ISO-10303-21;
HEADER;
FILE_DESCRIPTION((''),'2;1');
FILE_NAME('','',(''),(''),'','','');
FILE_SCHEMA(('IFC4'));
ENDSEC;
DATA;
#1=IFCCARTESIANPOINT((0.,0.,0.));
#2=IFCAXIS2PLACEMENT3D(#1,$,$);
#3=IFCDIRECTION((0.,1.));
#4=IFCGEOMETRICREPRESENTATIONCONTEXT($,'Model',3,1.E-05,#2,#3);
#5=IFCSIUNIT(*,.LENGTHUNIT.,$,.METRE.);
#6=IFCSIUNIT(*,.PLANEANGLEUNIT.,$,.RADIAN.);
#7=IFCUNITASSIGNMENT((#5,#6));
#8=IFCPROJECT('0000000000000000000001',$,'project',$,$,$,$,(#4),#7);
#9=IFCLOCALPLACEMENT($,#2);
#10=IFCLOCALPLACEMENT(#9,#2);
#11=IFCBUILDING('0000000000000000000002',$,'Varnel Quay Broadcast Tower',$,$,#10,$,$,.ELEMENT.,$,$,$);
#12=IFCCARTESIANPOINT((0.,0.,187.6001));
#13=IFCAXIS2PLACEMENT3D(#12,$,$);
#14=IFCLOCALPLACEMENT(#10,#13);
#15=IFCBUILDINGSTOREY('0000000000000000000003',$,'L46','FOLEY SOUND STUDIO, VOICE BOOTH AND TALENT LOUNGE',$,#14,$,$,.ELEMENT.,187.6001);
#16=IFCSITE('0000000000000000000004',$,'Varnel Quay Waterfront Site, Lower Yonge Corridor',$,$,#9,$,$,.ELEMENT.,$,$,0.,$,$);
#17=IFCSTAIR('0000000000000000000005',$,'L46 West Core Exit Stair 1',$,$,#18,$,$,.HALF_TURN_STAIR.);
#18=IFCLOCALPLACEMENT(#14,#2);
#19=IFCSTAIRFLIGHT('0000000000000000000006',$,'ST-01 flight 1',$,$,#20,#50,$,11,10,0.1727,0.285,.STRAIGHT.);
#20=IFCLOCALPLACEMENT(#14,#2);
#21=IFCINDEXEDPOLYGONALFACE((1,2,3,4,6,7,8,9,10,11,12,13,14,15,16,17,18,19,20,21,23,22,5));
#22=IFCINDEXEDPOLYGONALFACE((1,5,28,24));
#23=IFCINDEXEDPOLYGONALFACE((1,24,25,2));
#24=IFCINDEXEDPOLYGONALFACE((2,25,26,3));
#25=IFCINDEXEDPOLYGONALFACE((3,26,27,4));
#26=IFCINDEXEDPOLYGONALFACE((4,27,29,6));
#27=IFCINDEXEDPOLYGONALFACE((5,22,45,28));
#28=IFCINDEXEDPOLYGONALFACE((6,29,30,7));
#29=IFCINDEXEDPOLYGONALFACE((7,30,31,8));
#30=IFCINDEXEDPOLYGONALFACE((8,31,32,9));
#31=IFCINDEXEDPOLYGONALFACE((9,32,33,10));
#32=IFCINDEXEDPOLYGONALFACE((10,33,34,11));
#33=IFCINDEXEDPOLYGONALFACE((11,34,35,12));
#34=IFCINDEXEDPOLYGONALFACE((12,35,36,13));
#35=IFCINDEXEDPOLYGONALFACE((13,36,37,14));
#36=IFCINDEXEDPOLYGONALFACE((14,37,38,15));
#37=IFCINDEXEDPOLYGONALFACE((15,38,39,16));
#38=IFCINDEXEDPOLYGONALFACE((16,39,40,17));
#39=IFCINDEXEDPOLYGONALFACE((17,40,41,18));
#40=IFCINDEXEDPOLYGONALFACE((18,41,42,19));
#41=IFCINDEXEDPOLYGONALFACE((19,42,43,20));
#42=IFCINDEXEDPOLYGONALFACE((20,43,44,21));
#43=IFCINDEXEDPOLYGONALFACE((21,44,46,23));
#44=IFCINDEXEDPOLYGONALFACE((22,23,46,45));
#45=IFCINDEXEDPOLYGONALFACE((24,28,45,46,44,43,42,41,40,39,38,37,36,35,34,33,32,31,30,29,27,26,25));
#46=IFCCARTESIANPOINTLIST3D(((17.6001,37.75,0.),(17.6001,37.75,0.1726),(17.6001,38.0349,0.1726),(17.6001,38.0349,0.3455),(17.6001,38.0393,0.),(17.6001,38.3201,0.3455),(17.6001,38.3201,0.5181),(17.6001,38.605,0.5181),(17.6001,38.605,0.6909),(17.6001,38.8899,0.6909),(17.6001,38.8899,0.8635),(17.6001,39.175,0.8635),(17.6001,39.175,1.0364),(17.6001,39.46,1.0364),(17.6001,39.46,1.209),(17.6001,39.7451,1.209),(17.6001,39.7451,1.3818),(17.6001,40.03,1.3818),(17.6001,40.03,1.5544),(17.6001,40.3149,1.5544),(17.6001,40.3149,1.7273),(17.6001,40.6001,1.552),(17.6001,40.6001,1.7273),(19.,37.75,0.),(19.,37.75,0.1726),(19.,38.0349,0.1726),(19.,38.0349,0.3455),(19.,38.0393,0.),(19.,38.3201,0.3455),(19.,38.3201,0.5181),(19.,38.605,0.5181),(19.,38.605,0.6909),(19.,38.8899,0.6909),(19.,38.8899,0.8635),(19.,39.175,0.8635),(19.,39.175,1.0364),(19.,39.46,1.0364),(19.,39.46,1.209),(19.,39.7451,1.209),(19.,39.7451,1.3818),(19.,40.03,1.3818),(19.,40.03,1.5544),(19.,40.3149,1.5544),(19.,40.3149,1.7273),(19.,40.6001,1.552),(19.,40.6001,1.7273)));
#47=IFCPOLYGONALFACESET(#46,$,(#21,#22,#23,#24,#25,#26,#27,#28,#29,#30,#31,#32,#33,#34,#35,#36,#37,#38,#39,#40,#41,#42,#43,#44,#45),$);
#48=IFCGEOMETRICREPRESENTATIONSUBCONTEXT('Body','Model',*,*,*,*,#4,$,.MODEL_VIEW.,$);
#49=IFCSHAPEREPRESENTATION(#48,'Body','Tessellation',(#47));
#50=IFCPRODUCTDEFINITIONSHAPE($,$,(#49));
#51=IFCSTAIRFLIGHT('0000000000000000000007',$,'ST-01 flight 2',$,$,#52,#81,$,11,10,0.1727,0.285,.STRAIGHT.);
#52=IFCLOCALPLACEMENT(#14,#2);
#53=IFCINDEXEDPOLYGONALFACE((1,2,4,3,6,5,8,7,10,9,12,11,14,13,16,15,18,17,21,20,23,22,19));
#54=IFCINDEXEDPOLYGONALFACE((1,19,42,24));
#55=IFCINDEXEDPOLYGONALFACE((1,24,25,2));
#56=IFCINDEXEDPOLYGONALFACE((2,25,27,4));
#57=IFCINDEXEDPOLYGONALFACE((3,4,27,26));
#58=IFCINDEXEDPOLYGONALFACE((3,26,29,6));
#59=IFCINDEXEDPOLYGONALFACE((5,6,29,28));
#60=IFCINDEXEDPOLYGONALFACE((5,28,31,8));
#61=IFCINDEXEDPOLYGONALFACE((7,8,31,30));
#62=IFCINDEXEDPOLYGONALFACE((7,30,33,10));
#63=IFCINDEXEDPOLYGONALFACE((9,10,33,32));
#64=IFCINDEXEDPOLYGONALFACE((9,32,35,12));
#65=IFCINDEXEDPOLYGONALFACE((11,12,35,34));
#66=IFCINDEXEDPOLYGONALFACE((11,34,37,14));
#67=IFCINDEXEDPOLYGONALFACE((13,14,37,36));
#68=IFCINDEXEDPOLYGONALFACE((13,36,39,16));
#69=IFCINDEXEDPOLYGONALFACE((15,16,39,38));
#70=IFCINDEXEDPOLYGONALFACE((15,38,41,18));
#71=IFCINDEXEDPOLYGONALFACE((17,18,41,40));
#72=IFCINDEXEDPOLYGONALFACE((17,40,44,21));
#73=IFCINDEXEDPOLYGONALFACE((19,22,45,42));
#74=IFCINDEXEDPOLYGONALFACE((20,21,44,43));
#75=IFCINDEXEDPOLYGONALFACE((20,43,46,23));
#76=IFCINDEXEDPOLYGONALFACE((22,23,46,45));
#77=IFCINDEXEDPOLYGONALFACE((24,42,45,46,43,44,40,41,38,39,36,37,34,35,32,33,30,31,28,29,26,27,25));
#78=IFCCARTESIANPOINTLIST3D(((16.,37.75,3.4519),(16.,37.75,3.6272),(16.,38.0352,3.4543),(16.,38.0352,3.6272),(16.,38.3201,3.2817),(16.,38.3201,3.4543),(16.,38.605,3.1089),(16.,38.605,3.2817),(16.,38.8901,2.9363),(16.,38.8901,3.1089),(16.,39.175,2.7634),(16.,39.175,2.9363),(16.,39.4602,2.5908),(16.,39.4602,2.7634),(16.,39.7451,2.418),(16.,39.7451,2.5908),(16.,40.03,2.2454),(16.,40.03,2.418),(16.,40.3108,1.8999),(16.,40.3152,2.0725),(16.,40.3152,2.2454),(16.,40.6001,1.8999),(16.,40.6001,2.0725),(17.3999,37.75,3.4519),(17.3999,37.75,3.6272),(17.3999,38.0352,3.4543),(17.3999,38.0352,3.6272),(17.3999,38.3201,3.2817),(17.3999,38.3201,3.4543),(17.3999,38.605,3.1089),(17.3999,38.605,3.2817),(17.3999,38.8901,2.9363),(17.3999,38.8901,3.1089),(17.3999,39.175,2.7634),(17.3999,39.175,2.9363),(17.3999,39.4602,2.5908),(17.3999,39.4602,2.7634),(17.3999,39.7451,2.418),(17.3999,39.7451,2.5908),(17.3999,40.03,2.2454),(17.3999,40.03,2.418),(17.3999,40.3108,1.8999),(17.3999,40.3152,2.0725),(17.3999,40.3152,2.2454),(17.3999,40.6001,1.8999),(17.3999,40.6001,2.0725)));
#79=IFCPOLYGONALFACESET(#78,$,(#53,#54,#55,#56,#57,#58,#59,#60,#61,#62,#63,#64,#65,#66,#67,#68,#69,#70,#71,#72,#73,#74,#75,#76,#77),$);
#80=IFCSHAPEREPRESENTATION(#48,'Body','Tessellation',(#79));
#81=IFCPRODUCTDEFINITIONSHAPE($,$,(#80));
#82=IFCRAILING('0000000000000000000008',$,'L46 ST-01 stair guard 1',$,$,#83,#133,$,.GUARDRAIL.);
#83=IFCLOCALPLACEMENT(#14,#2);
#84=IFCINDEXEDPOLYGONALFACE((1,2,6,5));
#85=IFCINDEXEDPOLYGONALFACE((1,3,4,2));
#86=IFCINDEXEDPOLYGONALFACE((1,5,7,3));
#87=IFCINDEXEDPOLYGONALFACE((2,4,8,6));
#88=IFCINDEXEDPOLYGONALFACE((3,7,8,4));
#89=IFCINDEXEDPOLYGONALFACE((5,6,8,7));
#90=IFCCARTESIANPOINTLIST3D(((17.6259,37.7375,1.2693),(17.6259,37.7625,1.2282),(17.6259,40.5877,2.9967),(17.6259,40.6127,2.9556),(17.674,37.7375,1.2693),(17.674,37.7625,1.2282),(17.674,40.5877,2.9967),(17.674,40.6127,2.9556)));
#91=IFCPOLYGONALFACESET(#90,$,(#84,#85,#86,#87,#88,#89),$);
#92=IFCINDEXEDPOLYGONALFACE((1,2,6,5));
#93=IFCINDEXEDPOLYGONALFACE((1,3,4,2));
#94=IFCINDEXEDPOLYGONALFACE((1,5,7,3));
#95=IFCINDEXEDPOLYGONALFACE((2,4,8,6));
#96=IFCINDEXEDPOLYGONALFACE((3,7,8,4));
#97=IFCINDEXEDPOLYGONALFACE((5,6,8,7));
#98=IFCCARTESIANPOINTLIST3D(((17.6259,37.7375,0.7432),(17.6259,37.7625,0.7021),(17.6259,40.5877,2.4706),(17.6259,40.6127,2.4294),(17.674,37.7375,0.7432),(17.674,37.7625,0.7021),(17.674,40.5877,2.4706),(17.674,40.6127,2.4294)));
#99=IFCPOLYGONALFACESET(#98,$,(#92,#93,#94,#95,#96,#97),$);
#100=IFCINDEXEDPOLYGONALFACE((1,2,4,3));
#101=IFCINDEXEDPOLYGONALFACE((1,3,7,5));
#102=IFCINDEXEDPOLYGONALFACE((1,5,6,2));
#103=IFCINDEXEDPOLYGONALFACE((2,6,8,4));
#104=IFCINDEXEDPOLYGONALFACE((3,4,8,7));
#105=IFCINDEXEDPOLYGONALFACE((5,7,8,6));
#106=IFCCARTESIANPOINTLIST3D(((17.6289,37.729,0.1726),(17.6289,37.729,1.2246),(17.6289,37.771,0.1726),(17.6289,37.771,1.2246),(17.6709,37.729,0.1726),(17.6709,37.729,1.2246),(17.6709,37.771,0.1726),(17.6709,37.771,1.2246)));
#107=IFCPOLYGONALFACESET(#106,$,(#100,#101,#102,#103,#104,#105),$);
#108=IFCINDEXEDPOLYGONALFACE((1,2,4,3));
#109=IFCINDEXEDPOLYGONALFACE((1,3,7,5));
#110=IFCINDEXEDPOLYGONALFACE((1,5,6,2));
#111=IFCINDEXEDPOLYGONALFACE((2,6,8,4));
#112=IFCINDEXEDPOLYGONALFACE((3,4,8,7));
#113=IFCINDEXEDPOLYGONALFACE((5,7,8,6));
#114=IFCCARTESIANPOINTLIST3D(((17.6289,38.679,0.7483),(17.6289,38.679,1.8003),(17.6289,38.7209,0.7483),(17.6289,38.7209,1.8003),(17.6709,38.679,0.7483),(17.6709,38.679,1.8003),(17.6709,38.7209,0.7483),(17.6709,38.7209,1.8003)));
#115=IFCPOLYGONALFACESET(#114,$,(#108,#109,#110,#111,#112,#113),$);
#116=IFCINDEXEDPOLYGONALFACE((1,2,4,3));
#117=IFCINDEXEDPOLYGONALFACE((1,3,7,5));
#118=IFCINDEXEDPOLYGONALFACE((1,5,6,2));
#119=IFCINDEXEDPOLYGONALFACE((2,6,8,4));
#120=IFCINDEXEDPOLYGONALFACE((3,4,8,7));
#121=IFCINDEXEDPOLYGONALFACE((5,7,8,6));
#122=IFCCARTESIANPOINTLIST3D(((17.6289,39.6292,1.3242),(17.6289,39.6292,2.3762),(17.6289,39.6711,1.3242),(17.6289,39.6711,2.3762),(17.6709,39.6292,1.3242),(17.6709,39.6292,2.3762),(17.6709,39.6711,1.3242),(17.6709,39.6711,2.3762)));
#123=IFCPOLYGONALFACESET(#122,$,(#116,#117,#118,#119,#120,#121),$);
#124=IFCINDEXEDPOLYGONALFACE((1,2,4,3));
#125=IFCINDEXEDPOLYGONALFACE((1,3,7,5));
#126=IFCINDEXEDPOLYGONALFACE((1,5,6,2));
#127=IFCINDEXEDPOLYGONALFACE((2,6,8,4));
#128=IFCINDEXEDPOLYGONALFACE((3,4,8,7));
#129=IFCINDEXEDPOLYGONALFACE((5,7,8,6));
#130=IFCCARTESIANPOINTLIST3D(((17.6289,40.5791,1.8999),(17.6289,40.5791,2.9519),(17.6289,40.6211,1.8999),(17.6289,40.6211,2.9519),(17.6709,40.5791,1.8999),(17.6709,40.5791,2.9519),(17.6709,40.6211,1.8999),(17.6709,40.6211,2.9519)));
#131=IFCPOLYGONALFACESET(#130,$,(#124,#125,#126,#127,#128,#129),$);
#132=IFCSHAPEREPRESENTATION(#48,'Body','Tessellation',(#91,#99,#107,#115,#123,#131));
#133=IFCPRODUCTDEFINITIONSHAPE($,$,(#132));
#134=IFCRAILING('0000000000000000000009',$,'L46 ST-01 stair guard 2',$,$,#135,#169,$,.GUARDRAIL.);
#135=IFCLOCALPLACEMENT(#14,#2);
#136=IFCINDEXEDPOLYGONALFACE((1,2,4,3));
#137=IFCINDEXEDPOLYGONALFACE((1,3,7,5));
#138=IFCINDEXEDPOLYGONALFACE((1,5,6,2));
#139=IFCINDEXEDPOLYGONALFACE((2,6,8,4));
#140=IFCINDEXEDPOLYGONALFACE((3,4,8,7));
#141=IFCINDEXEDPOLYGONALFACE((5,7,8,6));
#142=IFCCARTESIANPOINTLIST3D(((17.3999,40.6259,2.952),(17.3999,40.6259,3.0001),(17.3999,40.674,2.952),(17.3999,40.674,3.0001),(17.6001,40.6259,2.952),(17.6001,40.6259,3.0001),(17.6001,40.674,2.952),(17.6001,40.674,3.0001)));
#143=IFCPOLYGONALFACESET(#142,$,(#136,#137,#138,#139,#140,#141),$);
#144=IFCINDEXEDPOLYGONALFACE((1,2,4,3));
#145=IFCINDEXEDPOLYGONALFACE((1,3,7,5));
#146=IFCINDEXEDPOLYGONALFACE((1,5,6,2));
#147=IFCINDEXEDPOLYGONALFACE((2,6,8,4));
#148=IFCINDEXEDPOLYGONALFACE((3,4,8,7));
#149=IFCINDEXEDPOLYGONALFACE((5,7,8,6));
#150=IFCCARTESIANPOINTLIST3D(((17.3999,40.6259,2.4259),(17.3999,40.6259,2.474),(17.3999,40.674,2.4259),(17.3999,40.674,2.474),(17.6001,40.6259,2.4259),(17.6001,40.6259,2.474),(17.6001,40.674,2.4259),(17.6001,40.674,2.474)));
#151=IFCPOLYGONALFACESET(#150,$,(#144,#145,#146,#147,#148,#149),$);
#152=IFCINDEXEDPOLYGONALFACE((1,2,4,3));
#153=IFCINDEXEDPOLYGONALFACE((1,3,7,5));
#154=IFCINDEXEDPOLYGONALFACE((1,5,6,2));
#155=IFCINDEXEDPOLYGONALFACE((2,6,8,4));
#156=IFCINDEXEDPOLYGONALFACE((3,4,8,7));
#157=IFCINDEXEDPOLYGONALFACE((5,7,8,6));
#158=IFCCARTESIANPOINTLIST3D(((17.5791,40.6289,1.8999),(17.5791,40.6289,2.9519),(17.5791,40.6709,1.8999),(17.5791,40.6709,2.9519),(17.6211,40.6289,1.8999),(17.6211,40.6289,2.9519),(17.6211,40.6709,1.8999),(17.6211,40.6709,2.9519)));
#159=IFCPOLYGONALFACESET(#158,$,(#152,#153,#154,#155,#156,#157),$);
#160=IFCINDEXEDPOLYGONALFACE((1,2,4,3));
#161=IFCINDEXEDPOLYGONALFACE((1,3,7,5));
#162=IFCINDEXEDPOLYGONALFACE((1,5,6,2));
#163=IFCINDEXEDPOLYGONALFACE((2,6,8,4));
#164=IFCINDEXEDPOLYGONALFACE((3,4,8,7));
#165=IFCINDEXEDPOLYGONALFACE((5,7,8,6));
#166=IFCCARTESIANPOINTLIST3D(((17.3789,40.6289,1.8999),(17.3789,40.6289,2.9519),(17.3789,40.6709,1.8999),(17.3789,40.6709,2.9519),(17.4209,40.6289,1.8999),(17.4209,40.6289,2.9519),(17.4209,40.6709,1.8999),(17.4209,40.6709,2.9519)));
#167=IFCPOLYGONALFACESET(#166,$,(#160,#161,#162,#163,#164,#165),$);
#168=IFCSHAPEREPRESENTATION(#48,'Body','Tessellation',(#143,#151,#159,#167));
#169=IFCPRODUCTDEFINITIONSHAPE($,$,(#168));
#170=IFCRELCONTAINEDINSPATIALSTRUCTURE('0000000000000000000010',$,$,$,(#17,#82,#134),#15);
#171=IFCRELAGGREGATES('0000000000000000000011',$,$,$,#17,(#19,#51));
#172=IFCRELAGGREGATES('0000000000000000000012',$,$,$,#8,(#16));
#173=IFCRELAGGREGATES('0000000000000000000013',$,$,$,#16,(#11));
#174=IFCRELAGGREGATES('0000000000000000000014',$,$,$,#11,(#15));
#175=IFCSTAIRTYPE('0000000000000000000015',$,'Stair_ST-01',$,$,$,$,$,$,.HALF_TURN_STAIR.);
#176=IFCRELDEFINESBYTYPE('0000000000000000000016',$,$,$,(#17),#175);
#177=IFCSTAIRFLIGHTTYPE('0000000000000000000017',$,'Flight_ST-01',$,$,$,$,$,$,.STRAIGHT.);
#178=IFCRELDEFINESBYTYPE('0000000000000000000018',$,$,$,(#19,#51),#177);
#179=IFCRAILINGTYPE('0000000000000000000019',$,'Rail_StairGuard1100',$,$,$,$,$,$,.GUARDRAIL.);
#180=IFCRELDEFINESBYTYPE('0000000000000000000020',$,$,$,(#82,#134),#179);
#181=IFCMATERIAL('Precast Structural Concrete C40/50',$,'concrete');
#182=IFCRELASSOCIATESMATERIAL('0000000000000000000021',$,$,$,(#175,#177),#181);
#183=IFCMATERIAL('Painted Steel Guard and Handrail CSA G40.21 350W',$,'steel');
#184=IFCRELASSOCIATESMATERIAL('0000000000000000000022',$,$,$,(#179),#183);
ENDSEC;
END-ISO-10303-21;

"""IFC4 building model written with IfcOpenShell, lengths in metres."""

from ifc_helpers import new_model, si_unit, direction, frame, origin, origin_2d, place, context, subcontext, project, spatial, polyline, rectangle, outline, extrude, material, type_object, element, aggregate, save


model = new_model("IFC4")

# Units and contexts
model_context = context("Model", 3, precision=1e-05, world=origin(), true_north=direction((0.0, 1.0)))
body_context = subcontext(model_context, "Body", "Model", "MODEL_VIEW")
ifc_project = project(units=[si_unit("LENGTHUNIT", "METRE"), si_unit("PLANEANGLEUNIT", "RADIAN")], contexts=[model_context])

# Site, building, storey
site_placement = place(None, origin())
site = spatial("IfcSite", under=ifc_project, at=site_placement, Name="Varnel Quay Waterfront Site, Lower Yonge Corridor", CompositionType="ELEMENT", RefElevation=0.0)
building_placement = place(site_placement, origin())
building = spatial("IfcBuilding", under=site, at=building_placement, Name="Varnel Quay Broadcast Tower", CompositionType="ELEMENT")
storey_placement = place(building_placement, frame((0.0, 0.0, 187.6001)))
storey = spatial("IfcBuildingStorey", under=building, at=storey_placement, Name="L46", Description="FOLEY SOUND STUDIO, VOICE BOOTH AND TALENT LOUNGE", CompositionType="ELEMENT", Elevation=187.6001)

# Stair, stair flights
ifc_material_1 = material(Name="Precast Structural Concrete C40/50", Category="concrete")
stair_type = type_object("IfcStairType", Name="Stair_ST-01", PredefinedType="HALF_TURN_STAIR", material=ifc_material_1)
stair_placement = place(storey_placement, origin())
stair = element("IfcStair", 1, at=stair_placement, inside=storey, type_object=stair_type, Name="L46 West Core Exit Stair 1", PredefinedType="HALF_TURN_STAIR")
stair_flight_type = type_object("IfcStairFlightType", Name="Flight_ST-01", PredefinedType="STRAIGHT", material=ifc_material_1)
stair_flight_1_placement = place(storey_placement, frame((18.3, 37.75, 0.0), z_axis=(0.0, 0.0, 1.0), x_axis=(0.0, 1.0, 0.0)))
stair_flight_1 = element("IfcStairFlight", 2, at=stair_flight_1_placement, type_object=stair_flight_type, Name="ST-01 flight 1", NumberOfRisers=11, NumberOfTreads=10, PredefinedType="STRAIGHT", RiserHeight=0.1727, TreadLength=0.285, context=body_context, shape_type="SweptSolid", body=[
    extrude(outline(polyline([(0.0, 0.0), (0.0, 0.1726), (0.2849, 0.1726), (0.2849, 0.3455), (0.5701, 0.3455), (0.5701, 0.5181), (0.855, 0.5181), (0.855, 0.6909), (1.1399, 0.6909), (1.1399, 0.8635), (1.425, 0.8635), (1.425, 1.0364), (1.71, 1.0364), (1.71, 1.209), (1.9951, 1.209), (1.9951, 1.3818), (2.28, 1.3818), (2.28, 1.5544), (2.5649, 1.5544), (2.5649, 1.7273), (2.8501, 1.7273), (2.8501, 1.8999), (2.8501, 1.552), (0.2893, 0.0), (0.0, 0.0)])), frame((0.0, 0.7, 0.0), z_axis=(0.0, -1.0, 0.0), x_axis=(1.0, 0.0, 0.0)), (0.0, 0.0, 1.0), 1.3999),
])
stair_flight_2_placement = place(storey_placement, frame((16.7, 40.6001, 1.8999), z_axis=(0.0, 0.0, 1.0), x_axis=(0.0, -1.0, 0.0)))
stair_flight_2 = element("IfcStairFlight", 3, at=stair_flight_2_placement, type_object=stair_flight_type, Name="ST-01 flight 2", NumberOfRisers=11, NumberOfTreads=10, PredefinedType="STRAIGHT", RiserHeight=0.1727, TreadLength=0.285, context=body_context, shape_type="SweptSolid", body=[
    extrude(outline(polyline([(0.0, 0.0), (0.0, 0.1726), (0.2849, 0.1726), (0.2849, 0.3455), (0.5701, 0.3455), (0.5701, 0.5181), (0.855, 0.5181), (0.855, 0.6909), (1.1399, 0.6909), (1.1399, 0.8635), (1.425, 0.8635), (1.425, 1.0364), (1.71, 1.0364), (1.71, 1.209), (1.9951, 1.209), (1.9951, 1.3818), (2.28, 1.3818), (2.28, 1.5544), (2.5649, 1.5544), (2.5649, 1.7273), (2.8501, 1.7273), (2.8501, 1.8999), (2.8501, 1.552), (0.2893, 0.0), (0.0, 0.0)])), frame((0.0, 0.7, 0.0), z_axis=(0.0, -1.0, 0.0), x_axis=(1.0, 0.0, 0.0)), (0.0, 0.0, 1.0), 1.3999),
])
aggregate(stair, [stair_flight_1, stair_flight_2])

# Railings
ifc_material_2 = material(Name="Painted Steel Guard and Handrail CSA G40.21 350W", Category="steel")
railing_type_1 = type_object("IfcRailingType", Name="Rail_StairGuard1100", PredefinedType="GUARDRAIL", material=ifc_material_2)
railing_1_placement = place(storey_placement, frame((17.6499, 37.75, 0.1726)))
element("IfcRailing", 4, at=railing_1_placement, inside=storey, type_object=railing_type_1, Name="L46 ST-01 stair guard 1", PredefinedType="GUARDRAIL", context=body_context, shape_type="SweptSolid", body=[
    extrude(rectangle(XDim=0.0481, YDim=0.0481, at=origin_2d()), frame((0.0, 0.0, 1.0762), z_axis=(0.0, 0.855203, 0.518294), x_axis=(-1.0, 0.0, 0.0)), (0.0, 0.0, 1.0), 3.3328),
    extrude(rectangle(XDim=0.0481, YDim=0.0481, at=origin_2d()), frame((0.0, 0.0, 0.55), z_axis=(0.0, 0.855203, 0.518294), x_axis=(-1.0, 0.0, 0.0)), (0.0, 0.0, 1.0), 3.3328),
    extrude(rectangle(XDim=0.042, YDim=0.042, at=origin_2d()), origin(), (0.0, 0.0, 1.0), 1.052),
    extrude(rectangle(XDim=0.042, YDim=0.042, at=origin_2d()), frame((0.0, 0.95, 0.5757)), (0.0, 0.0, 1.0), 1.052),
    extrude(rectangle(XDim=0.042, YDim=0.042, at=origin_2d()), frame((0.0, 1.9001, 1.1516)), (0.0, 0.0, 1.0), 1.052),
    extrude(rectangle(XDim=0.042, YDim=0.042, at=origin_2d()), frame((0.0, 2.8501, 1.7273)), (0.0, 0.0, 1.0), 1.052),
])
railing_2_placement = place(storey_placement, frame((17.6001, 40.6499, 1.8999)))
element("IfcRailing", 5, at=railing_2_placement, inside=storey, type_object=railing_type_1, Name="L46 ST-01 stair guard 2", PredefinedType="GUARDRAIL", context=body_context, shape_type="SweptSolid", body=[
    extrude(rectangle(XDim=0.0481, YDim=0.0481, at=origin_2d()), frame((0.0, 0.0, 1.0762), z_axis=(-1.0, 0.0, 0.0), x_axis=(0.0, -1.0, 0.0)), (0.0, 0.0, 1.0), 0.2002),
    extrude(rectangle(XDim=0.0481, YDim=0.0481, at=origin_2d()), frame((0.0, 0.0, 0.55), z_axis=(-1.0, 0.0, 0.0), x_axis=(0.0, -1.0, 0.0)), (0.0, 0.0, 1.0), 0.2002),
    extrude(rectangle(XDim=0.042, YDim=0.042, at=origin_2d()), origin(), (0.0, 0.0, 1.0), 1.052),
    extrude(rectangle(XDim=0.042, YDim=0.042, at=origin_2d()), frame((-0.2002, 0.0, 0.0)), (0.0, 0.0, 1.0), 1.052),
])

save(model, "model.ifc")
